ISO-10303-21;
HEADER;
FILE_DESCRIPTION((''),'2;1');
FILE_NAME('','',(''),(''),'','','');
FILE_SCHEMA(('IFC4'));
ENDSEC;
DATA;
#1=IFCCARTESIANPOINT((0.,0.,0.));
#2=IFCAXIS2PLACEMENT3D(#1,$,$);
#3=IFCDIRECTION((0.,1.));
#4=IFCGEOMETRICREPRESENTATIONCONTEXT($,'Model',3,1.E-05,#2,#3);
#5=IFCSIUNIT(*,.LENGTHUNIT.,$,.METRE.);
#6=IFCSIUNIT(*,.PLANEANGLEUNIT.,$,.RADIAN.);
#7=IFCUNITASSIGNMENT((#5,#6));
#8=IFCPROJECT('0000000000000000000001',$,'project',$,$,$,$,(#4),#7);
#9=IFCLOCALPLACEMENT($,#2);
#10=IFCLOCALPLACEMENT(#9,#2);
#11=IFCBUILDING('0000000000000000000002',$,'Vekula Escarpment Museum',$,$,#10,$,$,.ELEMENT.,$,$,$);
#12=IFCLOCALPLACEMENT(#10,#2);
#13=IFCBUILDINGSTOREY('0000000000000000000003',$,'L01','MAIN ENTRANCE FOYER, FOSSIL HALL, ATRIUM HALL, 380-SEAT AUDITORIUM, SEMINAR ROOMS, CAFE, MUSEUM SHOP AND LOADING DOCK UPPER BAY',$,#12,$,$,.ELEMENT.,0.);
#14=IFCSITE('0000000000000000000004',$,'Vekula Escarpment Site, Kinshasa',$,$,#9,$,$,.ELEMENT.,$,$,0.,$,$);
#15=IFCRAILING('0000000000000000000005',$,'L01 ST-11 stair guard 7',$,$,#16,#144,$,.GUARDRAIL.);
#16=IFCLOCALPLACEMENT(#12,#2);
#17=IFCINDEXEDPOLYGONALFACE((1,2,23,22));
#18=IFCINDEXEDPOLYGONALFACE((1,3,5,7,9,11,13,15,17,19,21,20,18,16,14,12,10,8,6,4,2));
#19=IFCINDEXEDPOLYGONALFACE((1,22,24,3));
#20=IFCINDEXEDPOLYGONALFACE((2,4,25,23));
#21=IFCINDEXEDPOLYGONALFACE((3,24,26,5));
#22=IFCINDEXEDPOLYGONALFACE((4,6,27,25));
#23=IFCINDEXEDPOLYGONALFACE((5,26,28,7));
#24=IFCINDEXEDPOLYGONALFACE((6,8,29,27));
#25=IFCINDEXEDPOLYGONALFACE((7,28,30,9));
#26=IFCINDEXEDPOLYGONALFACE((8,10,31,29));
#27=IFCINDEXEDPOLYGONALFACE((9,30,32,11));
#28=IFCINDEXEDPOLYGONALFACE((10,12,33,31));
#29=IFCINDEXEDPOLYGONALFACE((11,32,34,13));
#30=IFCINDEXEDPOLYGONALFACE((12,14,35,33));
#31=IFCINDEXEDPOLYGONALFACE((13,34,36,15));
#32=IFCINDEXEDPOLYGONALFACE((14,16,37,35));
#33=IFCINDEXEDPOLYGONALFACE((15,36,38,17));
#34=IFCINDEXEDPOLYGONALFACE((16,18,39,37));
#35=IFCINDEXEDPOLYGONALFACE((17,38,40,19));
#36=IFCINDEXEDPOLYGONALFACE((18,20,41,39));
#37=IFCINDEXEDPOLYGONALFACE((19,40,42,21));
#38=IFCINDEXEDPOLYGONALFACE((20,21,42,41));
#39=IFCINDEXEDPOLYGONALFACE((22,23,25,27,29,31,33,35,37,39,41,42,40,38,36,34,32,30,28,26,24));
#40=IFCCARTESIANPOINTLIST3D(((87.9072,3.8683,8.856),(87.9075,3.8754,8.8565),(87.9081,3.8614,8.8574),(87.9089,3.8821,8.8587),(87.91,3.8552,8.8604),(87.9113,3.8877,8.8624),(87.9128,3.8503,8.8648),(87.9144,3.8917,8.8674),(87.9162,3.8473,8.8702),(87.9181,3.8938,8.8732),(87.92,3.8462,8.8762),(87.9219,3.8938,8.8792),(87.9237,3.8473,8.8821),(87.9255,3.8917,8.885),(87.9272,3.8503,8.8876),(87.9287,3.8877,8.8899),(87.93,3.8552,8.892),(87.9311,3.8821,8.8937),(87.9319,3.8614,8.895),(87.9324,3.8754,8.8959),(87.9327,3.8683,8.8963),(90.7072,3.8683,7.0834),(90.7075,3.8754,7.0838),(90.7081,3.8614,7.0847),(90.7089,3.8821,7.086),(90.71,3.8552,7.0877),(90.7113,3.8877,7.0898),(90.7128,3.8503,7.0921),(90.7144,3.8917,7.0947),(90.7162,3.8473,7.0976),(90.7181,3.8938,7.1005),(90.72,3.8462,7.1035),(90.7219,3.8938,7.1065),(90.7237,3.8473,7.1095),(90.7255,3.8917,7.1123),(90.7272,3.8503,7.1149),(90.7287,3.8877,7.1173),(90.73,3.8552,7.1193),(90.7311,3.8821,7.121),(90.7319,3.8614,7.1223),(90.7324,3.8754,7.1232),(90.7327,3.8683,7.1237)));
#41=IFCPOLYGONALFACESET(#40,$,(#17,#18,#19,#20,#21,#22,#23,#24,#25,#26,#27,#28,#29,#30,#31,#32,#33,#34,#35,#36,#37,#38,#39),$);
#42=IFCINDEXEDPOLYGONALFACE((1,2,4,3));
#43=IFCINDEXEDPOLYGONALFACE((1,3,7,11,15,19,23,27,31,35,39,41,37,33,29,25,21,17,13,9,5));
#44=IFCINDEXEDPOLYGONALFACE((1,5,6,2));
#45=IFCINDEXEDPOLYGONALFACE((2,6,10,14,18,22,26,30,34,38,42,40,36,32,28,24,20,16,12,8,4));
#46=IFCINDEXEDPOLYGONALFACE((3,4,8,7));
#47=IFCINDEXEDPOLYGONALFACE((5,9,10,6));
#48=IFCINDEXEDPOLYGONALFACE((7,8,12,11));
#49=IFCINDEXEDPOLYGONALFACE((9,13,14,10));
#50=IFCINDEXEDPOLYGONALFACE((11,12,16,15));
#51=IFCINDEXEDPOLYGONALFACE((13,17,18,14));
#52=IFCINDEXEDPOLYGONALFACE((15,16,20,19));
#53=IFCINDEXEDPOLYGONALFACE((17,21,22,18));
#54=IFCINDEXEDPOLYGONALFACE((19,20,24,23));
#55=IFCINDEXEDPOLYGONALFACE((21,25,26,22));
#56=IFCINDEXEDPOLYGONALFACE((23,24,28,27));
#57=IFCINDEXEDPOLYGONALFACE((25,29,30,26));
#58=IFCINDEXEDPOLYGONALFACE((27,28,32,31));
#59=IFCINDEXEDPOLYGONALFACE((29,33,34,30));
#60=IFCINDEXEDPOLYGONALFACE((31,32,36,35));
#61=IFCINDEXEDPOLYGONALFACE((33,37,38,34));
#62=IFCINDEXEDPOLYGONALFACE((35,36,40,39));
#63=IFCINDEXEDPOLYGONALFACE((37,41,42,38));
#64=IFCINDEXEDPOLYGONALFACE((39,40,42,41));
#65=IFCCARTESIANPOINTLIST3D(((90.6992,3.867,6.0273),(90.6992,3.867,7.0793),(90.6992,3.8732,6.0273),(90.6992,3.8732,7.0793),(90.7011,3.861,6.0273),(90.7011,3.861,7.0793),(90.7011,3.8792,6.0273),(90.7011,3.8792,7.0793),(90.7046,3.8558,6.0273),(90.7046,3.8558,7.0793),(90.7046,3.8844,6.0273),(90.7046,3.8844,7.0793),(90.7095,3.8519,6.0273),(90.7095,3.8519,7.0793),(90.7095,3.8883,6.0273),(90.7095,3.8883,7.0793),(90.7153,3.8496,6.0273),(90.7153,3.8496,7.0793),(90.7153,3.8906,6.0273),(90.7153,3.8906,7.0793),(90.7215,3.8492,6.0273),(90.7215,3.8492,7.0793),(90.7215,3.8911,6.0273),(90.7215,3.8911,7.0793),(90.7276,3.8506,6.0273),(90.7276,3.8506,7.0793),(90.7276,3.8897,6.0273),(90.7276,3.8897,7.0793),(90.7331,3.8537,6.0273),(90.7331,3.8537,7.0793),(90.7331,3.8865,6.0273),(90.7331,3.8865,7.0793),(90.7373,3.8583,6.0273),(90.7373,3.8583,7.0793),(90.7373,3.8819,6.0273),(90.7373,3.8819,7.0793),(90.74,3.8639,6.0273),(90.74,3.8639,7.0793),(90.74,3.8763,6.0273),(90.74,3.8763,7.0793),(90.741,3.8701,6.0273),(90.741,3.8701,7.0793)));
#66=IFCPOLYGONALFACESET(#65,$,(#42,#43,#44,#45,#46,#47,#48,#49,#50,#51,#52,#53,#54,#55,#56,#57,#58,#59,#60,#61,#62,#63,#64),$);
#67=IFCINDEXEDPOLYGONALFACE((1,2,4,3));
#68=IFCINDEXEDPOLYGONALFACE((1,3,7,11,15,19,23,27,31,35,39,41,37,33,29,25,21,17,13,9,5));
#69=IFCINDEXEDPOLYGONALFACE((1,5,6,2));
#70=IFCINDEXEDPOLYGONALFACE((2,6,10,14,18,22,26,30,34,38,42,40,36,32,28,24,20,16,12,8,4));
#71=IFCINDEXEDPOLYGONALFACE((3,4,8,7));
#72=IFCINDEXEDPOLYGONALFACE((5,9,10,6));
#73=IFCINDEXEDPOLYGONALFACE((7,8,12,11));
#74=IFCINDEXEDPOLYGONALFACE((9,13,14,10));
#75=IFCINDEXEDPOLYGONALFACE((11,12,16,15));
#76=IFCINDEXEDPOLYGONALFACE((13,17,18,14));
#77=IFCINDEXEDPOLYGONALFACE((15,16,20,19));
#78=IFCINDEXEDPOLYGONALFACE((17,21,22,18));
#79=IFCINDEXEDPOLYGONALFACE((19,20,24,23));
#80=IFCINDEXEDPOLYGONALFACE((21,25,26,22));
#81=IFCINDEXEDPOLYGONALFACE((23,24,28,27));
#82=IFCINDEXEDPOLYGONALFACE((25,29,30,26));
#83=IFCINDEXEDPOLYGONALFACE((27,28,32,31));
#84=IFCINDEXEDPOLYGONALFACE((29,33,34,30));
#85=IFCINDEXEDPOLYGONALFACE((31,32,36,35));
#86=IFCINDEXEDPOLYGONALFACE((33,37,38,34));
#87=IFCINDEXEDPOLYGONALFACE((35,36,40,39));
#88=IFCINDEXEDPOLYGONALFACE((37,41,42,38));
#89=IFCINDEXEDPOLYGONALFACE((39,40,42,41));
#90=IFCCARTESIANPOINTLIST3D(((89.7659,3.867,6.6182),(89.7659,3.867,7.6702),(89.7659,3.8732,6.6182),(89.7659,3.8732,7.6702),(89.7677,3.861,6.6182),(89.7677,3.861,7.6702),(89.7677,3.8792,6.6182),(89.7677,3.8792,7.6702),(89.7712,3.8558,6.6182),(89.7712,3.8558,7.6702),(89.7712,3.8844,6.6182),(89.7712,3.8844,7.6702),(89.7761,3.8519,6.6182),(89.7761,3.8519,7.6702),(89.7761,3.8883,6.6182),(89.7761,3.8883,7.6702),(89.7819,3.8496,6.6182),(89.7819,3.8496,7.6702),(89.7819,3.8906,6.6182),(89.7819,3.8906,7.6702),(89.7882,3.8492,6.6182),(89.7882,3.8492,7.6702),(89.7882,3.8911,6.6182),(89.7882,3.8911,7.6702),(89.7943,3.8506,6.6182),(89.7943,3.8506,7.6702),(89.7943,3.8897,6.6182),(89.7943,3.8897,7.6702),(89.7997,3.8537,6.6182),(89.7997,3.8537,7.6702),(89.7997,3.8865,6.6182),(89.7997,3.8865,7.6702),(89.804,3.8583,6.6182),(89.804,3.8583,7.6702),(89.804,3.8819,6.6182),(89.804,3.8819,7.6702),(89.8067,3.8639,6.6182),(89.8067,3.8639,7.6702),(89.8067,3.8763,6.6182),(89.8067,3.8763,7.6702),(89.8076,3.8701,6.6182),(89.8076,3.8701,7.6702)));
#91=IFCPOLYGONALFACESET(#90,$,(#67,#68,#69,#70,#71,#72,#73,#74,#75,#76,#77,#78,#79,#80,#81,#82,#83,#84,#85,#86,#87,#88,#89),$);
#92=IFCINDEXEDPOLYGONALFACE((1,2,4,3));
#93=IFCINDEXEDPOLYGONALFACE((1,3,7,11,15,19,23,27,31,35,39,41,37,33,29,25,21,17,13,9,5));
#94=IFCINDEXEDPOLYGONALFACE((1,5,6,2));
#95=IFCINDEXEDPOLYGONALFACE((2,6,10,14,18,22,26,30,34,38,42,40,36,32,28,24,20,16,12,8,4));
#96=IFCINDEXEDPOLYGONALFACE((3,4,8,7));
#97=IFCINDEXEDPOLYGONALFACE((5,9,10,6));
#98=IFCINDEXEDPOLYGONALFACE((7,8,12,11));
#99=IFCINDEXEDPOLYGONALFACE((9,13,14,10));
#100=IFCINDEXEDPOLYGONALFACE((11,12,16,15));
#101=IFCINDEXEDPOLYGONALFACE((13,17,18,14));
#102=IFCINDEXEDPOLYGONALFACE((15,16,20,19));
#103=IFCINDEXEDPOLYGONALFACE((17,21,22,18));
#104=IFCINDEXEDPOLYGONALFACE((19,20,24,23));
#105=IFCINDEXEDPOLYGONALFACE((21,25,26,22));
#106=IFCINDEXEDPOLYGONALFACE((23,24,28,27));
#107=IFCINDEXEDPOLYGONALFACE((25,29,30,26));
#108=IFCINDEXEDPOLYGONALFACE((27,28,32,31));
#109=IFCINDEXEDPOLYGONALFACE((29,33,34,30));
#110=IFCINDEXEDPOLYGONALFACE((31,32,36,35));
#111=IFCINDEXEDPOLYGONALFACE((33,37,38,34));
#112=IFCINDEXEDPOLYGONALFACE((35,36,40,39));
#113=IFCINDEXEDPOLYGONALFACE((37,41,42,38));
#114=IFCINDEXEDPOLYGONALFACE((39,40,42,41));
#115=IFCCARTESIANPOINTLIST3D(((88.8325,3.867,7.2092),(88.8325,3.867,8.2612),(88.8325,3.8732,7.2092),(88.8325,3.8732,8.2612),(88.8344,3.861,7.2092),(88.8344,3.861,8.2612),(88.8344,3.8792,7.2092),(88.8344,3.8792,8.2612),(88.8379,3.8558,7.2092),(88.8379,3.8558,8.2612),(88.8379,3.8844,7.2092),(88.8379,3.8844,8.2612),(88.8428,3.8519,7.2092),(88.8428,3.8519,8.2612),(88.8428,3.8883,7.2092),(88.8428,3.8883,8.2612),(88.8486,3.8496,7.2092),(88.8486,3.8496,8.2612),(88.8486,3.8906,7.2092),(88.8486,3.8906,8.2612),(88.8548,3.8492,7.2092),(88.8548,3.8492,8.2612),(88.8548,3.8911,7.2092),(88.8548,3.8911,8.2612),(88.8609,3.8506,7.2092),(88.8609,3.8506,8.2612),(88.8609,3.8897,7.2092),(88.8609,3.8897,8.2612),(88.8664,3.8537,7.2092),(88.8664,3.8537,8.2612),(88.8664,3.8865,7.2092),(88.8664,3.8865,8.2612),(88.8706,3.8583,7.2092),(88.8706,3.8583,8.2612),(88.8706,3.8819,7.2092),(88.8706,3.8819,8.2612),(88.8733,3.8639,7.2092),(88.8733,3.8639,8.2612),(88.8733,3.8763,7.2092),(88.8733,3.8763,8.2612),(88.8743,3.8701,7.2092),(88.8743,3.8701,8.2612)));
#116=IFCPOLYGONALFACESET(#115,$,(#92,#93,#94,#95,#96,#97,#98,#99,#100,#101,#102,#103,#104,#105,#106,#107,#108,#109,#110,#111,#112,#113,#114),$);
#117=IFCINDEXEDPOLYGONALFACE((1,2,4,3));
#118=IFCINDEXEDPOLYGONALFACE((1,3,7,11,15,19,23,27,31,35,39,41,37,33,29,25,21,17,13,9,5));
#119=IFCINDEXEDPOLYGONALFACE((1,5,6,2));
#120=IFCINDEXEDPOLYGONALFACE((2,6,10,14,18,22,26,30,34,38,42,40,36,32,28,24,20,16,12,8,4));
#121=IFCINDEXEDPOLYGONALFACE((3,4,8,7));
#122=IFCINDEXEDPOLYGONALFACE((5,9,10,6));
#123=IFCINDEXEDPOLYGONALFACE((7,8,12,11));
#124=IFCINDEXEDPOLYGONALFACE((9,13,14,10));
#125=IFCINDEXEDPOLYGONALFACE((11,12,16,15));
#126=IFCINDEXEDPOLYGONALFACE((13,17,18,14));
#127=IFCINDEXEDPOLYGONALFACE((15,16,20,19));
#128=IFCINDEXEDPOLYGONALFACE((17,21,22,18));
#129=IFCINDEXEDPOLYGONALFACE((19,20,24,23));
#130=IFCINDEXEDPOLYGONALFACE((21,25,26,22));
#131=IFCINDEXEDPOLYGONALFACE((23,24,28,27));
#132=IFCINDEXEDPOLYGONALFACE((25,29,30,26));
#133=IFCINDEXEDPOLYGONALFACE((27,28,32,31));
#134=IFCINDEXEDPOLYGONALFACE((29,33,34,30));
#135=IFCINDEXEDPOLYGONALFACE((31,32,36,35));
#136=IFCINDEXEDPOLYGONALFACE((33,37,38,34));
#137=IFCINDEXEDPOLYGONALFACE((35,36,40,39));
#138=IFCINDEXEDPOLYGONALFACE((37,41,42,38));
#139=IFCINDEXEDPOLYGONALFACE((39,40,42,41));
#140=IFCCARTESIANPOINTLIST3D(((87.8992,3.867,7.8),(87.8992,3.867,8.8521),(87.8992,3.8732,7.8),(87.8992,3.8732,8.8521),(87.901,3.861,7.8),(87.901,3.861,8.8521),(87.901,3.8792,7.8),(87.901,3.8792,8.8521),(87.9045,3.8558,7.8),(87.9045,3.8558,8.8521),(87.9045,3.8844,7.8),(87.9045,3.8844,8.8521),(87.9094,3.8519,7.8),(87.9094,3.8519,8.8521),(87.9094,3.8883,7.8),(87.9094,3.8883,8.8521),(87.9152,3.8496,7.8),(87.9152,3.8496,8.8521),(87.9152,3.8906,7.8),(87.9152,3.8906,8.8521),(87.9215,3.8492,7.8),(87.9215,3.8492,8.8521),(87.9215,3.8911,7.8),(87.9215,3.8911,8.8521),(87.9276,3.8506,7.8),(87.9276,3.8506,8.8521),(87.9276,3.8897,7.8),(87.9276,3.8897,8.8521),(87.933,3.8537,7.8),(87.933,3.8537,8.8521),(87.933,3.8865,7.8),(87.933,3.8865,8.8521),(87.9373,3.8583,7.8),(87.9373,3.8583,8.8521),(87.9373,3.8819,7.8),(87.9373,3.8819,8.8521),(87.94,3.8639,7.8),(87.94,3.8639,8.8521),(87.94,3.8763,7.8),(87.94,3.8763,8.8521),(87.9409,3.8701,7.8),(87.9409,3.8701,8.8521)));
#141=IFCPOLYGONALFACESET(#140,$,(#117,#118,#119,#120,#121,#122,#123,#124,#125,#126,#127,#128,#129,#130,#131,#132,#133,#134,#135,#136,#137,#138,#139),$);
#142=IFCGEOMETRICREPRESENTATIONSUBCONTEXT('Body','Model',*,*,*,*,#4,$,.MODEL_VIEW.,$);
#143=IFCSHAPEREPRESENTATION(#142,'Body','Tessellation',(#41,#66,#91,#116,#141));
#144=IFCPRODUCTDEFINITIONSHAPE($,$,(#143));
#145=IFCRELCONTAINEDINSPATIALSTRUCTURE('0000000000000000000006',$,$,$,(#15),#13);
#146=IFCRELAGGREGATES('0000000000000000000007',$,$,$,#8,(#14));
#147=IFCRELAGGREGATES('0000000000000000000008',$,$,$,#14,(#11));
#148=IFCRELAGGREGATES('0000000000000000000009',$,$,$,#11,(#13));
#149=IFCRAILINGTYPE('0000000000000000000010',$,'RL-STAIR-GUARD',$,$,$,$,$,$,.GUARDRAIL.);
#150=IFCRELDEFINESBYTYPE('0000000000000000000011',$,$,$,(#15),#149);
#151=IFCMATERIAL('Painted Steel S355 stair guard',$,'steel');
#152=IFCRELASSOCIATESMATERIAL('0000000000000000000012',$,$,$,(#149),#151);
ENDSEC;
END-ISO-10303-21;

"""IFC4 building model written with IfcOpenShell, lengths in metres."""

from ifc_helpers import new_model, si_unit, direction, frame, origin, origin_2d, place, context, subcontext, project, spatial, circle, extrude, material, type_object, element, save


model = new_model("IFC4")

# Units and contexts
model_context = context("Model", 3, precision=1e-05, world=origin(), true_north=direction((0.0, 1.0)))
body_context = subcontext(model_context, "Body", "Model", "MODEL_VIEW")
ifc_project = project(units=[si_unit("LENGTHUNIT", "METRE"), si_unit("PLANEANGLEUNIT", "RADIAN")], contexts=[model_context])

# Site, building, storey
site_placement = place(None, origin())
site = spatial("IfcSite", under=ifc_project, at=site_placement, Name="Vekula Escarpment Site, Kinshasa", CompositionType="ELEMENT", RefElevation=0.0)
building_placement = place(site_placement, origin())
building = spatial("IfcBuilding", under=site, at=building_placement, Name="Vekula Escarpment Museum", CompositionType="ELEMENT")
storey_placement = place(building_placement, origin())
storey = spatial("IfcBuildingStorey", under=building, at=storey_placement, Name="L01", Description="MAIN ENTRANCE FOYER, FOSSIL HALL, ATRIUM HALL, 380-SEAT AUDITORIUM, SEMINAR ROOMS, CAFE, MUSEUM SHOP AND LOADING DOCK UPPER BAY", CompositionType="ELEMENT", Elevation=0.0)

# Railing
ifc_material_1 = material(Name="Painted Steel S355 stair guard", Category="steel")
railing_type_1 = type_object("IfcRailingType", Name="RL-STAIR-GUARD", PredefinedType="GUARDRAIL", material=ifc_material_1)
railing_1_placement = place(storey_placement, frame((90.72, 3.8701, 6.0273)))
element("IfcRailing", 1, at=railing_1_placement, inside=storey, type_object=railing_type_1, Name="L01 ST-11 stair guard 7", PredefinedType="GUARDRAIL", context=body_context, shape_type="SweptSolid", body=[
    extrude(circle(Radius=0.0239, at=origin_2d()), frame((0.0, 0.0, 1.0762), z_axis=(-0.844909, 0.0, 0.53491), x_axis=(0.0, -1.0, 0.0)), (0.0, 0.0, 1.0), 3.314),
    extrude(circle(Radius=0.021, at=origin_2d()), origin(), (0.0, 0.0, 1.0), 1.052),
    extrude(circle(Radius=0.021, at=origin_2d()), frame((-0.9333, 0.0, 0.5908)), (0.0, 0.0, 1.0), 1.052),
    extrude(circle(Radius=0.021, at=origin_2d()), frame((-1.8667, 0.0, 1.1819)), (0.0, 0.0, 1.0), 1.052),
    extrude(circle(Radius=0.021, at=origin_2d()), frame((-2.8, 0.0, 1.7727)), (0.0, 0.0, 1.0), 1.052),
])

save(model, "model.ifc")
